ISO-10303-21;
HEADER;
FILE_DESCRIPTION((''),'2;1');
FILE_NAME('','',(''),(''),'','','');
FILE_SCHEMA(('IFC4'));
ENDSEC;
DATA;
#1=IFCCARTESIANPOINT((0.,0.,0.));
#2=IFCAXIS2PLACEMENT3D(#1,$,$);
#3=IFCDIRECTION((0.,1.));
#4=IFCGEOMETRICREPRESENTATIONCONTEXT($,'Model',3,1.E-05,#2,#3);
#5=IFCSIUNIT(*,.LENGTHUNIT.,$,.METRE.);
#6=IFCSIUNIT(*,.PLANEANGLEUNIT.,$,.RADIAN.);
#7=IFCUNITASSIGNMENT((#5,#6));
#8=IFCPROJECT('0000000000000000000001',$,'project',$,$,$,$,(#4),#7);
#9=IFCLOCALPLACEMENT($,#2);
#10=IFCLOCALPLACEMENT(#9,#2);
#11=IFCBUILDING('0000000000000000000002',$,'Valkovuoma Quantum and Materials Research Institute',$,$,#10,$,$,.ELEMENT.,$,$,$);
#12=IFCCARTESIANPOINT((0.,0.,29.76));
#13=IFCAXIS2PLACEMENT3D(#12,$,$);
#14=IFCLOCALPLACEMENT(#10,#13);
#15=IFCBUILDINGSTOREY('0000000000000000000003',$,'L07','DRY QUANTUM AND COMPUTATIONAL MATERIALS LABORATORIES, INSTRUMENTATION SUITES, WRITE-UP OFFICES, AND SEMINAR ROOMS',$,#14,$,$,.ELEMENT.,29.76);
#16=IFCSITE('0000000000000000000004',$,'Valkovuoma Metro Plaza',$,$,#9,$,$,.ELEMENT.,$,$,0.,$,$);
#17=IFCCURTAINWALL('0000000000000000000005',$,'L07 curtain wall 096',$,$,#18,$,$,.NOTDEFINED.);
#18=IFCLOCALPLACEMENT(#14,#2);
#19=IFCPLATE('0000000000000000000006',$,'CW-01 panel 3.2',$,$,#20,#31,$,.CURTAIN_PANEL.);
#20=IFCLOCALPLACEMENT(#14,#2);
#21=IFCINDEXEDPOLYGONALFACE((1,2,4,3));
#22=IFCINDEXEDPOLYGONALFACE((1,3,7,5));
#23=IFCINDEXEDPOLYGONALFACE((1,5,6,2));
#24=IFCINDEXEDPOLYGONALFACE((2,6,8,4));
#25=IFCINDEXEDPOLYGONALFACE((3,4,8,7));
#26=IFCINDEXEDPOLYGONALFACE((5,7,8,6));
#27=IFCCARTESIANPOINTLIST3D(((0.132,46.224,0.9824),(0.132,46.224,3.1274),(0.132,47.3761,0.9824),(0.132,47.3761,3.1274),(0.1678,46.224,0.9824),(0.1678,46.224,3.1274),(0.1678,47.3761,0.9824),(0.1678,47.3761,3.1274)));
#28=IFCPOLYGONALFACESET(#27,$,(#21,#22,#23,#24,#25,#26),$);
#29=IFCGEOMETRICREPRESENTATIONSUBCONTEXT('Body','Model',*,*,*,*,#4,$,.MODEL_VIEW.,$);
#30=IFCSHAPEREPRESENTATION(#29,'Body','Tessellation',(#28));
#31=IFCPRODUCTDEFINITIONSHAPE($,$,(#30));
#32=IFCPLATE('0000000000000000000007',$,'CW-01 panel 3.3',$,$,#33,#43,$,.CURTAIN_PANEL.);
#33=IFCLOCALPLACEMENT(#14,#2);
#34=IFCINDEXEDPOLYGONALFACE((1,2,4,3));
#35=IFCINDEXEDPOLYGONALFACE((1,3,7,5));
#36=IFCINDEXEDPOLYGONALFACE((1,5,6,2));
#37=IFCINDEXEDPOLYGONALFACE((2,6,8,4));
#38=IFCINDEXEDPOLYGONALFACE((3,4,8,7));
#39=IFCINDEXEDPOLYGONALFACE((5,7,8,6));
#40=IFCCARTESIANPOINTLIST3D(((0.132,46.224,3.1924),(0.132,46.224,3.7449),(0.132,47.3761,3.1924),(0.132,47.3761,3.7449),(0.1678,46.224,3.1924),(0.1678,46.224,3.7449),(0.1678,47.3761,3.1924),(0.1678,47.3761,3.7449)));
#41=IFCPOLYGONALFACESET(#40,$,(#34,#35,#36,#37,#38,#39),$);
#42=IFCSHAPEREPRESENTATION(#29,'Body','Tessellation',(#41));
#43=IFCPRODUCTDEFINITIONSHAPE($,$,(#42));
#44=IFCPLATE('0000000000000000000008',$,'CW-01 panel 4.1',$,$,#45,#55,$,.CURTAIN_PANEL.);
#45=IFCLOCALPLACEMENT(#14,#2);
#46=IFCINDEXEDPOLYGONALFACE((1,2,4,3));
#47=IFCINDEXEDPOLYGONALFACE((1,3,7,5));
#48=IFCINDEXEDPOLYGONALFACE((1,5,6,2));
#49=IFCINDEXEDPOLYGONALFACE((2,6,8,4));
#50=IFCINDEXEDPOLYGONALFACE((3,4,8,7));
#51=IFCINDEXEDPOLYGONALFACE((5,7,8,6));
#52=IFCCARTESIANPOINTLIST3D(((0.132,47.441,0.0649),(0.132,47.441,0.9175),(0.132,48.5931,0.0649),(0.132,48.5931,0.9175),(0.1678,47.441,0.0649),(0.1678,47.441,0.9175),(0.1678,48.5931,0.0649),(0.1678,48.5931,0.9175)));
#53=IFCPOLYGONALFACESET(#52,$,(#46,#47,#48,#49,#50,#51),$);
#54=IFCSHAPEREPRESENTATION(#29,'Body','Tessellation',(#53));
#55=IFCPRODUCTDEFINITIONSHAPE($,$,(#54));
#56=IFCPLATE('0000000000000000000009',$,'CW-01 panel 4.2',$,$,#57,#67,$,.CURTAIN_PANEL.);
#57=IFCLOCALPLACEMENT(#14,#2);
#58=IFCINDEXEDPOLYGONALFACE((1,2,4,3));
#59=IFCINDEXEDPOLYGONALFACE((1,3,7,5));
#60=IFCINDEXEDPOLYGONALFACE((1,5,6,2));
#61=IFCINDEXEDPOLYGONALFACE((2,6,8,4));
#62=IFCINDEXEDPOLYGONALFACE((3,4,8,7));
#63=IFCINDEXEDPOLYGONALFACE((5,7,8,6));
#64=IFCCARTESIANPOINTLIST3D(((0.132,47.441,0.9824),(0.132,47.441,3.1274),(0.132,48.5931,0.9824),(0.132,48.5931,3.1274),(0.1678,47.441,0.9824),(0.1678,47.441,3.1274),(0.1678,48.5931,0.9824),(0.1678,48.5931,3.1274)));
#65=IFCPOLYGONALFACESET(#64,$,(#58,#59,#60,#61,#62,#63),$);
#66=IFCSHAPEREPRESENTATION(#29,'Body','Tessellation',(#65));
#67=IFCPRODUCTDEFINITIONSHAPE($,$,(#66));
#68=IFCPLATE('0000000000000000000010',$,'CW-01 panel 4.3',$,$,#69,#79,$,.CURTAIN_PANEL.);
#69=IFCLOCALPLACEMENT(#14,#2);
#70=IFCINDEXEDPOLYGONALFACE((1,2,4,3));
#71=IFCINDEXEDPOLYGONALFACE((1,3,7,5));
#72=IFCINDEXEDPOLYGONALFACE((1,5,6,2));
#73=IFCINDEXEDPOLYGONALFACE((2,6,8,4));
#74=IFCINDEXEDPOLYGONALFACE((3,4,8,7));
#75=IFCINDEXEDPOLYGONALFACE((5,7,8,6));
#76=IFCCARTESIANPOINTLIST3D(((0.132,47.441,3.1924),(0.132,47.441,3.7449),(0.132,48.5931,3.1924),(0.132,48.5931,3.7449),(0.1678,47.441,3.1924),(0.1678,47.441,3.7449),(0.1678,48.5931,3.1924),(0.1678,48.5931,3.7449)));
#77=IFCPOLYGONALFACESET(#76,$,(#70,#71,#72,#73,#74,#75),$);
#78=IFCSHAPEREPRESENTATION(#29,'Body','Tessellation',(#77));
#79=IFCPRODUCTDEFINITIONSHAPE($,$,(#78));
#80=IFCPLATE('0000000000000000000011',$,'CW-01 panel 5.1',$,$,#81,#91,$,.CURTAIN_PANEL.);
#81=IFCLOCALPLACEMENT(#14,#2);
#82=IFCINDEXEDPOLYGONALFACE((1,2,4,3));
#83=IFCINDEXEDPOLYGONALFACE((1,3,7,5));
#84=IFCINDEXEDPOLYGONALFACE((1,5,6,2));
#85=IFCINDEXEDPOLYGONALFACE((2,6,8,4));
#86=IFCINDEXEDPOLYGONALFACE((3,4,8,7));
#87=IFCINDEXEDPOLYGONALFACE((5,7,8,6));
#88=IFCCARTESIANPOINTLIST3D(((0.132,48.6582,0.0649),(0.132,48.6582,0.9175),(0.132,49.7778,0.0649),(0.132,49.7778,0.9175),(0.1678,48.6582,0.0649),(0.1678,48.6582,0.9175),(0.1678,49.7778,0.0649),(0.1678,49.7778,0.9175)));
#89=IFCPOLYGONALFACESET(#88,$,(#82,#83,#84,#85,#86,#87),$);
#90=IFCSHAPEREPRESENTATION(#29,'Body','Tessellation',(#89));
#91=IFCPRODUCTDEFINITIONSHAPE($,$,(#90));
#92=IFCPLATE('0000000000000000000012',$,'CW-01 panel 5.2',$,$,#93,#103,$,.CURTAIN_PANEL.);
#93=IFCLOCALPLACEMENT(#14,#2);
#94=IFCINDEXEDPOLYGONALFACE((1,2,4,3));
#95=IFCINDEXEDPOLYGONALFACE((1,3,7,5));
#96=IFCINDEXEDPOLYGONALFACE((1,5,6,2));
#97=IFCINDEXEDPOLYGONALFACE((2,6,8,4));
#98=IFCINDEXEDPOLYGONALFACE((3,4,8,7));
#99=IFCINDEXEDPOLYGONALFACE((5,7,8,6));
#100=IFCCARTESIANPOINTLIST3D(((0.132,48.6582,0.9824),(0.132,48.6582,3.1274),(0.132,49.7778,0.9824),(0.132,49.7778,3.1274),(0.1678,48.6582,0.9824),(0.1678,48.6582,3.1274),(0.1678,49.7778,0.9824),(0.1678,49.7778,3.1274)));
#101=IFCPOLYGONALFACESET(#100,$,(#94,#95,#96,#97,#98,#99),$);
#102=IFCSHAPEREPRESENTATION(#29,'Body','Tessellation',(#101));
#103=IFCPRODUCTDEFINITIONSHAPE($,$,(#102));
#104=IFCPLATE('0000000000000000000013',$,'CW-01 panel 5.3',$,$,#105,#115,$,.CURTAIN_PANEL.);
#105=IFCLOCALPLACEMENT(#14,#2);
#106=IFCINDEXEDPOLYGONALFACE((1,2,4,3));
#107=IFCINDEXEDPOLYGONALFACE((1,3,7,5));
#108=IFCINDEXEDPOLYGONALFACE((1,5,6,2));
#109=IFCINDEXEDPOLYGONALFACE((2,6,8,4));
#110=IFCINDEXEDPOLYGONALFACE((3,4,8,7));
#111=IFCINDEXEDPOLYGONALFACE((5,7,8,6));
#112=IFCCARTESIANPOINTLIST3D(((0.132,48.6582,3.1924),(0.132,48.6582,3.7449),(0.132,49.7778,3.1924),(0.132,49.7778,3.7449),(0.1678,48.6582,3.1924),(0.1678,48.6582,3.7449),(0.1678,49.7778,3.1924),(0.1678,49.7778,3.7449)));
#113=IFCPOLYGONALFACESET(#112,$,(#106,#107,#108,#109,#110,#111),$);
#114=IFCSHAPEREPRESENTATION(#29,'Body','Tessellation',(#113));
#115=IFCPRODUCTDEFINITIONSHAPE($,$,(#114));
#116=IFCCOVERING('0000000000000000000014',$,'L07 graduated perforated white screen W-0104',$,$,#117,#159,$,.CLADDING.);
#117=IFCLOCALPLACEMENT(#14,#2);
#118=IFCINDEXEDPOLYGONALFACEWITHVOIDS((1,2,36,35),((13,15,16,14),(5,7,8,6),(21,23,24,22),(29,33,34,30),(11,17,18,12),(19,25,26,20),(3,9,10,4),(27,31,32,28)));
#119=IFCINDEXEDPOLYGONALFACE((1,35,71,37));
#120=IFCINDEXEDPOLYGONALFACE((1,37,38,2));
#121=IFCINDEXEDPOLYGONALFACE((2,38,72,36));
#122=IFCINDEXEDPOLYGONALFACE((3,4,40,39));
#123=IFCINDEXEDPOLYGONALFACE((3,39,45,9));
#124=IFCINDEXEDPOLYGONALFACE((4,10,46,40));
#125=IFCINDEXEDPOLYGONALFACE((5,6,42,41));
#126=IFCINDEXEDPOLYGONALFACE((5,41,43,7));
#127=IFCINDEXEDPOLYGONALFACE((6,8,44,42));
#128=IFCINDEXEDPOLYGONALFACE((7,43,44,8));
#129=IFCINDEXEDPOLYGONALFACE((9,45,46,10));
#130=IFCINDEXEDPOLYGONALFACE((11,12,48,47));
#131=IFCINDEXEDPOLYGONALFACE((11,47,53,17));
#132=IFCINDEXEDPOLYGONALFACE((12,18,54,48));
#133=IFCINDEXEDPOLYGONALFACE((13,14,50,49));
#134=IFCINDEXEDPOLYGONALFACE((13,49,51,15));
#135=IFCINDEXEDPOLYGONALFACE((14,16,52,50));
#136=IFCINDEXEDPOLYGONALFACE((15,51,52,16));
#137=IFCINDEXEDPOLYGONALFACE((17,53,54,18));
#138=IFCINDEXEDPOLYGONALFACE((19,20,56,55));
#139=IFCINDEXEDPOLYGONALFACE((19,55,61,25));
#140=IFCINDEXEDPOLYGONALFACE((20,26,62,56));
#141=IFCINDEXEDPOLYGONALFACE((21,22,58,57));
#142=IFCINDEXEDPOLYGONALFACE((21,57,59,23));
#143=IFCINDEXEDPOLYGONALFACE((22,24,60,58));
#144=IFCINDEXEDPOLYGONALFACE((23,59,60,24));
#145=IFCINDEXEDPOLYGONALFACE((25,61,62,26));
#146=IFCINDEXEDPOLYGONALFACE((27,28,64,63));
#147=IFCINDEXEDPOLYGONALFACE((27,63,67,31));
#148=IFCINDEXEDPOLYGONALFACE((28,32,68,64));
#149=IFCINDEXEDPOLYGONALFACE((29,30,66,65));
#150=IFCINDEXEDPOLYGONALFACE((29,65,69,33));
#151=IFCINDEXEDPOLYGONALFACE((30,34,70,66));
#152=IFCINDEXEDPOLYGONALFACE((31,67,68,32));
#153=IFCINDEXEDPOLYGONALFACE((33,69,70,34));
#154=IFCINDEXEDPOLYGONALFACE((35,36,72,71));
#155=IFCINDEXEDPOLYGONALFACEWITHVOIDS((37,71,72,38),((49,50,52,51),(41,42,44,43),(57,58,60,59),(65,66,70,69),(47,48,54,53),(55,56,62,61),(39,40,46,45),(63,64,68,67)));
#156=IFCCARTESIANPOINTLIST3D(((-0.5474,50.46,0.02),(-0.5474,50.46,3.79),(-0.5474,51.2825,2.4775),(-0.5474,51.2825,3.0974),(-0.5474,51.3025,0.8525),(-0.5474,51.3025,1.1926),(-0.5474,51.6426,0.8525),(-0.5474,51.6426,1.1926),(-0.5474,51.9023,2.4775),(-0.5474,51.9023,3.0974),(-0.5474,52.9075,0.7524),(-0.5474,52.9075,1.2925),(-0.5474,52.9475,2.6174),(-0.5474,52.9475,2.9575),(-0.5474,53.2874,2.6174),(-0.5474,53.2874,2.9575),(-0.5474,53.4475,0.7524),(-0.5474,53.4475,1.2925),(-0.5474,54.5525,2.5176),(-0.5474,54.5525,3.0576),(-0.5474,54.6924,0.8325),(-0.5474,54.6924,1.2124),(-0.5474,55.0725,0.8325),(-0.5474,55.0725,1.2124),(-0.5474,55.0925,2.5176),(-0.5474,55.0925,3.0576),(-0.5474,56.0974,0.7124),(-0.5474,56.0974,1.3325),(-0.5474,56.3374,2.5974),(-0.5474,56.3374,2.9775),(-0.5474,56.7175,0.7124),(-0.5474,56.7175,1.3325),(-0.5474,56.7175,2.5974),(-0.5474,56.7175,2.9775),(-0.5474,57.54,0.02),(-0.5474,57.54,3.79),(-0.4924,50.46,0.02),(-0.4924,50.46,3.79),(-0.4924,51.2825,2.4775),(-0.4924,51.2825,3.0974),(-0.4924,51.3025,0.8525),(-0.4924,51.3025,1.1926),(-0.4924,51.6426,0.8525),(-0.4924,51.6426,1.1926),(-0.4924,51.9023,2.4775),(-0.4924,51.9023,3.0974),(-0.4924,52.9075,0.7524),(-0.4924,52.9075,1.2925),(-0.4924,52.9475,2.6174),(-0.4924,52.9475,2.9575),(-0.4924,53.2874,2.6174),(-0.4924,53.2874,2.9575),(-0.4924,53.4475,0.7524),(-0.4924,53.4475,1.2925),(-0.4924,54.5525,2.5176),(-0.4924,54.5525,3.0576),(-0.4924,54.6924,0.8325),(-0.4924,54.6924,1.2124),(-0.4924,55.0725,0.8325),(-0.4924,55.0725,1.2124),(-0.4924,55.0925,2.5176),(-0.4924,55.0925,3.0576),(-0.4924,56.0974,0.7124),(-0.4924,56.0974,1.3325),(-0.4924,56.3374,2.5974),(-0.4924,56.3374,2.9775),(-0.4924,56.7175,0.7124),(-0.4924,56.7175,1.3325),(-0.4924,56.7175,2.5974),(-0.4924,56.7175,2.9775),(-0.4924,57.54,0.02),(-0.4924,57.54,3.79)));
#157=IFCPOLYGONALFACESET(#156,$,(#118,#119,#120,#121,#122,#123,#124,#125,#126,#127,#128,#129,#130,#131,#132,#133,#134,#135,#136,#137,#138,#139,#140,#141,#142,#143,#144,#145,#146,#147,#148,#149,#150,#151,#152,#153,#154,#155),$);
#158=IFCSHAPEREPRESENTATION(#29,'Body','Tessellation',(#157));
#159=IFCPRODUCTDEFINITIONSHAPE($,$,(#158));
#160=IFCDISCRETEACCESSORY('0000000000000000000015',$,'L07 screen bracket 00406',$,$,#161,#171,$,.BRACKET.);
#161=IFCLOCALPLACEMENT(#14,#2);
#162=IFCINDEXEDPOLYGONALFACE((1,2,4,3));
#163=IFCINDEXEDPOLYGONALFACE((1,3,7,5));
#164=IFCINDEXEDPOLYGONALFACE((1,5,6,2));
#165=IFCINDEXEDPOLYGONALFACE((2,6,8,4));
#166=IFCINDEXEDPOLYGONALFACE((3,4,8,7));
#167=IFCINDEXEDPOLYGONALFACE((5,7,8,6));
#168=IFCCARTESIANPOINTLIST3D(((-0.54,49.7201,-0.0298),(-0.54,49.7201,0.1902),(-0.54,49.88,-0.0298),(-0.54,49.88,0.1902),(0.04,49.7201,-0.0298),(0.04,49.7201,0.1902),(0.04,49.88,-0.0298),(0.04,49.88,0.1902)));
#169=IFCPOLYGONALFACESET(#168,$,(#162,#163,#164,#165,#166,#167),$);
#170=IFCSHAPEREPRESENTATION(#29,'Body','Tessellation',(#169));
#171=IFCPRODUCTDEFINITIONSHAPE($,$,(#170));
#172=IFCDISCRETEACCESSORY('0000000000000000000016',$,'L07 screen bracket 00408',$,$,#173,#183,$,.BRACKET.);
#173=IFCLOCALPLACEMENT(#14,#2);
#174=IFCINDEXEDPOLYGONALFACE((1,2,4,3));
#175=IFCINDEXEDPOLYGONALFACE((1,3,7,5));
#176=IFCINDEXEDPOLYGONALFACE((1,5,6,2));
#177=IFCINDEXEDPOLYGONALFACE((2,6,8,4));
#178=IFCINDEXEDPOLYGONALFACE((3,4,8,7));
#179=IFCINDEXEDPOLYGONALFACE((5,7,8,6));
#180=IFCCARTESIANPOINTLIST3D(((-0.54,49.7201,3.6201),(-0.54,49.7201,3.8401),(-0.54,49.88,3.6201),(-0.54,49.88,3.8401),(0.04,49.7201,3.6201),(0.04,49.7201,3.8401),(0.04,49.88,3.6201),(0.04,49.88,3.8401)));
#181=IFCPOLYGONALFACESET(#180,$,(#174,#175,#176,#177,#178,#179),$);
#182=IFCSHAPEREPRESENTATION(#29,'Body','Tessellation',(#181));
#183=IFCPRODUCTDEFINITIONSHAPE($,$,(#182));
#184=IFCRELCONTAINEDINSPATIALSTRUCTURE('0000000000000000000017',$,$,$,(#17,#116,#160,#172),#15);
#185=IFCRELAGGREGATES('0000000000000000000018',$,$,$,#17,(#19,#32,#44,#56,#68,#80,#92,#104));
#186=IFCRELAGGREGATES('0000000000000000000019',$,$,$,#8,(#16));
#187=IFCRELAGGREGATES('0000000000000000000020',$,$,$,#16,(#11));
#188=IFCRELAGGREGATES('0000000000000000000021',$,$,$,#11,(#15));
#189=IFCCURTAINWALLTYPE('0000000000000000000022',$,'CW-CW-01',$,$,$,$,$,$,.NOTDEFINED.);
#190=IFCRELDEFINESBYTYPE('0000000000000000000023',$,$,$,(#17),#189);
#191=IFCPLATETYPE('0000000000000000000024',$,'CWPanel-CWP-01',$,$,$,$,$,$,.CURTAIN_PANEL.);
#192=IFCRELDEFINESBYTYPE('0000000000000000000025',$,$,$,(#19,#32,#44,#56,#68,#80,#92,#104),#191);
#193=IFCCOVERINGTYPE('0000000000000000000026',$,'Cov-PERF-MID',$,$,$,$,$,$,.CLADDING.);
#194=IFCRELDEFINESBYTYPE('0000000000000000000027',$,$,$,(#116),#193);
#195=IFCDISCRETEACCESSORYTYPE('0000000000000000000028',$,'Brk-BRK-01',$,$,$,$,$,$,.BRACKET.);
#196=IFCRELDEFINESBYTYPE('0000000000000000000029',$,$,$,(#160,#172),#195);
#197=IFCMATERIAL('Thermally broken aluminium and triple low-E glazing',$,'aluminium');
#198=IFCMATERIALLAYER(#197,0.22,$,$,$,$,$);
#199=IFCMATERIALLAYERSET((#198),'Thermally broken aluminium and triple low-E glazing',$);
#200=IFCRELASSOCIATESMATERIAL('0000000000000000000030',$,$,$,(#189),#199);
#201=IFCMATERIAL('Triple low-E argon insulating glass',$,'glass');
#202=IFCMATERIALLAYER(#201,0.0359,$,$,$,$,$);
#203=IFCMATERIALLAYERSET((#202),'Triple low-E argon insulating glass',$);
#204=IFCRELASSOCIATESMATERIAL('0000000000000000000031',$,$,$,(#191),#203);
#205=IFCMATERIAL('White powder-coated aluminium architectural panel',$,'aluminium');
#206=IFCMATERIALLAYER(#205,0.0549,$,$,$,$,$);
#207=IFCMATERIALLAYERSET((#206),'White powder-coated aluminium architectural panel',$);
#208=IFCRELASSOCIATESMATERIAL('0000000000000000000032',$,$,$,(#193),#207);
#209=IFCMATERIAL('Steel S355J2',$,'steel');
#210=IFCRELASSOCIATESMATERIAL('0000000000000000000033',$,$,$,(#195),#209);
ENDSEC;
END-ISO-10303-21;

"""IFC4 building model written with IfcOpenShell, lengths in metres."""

from ifc_helpers import new_model, si_unit, direction, frame, origin, origin_2d, place, context, subcontext, project, spatial, polyline, rectangle, outline, extrude, material, layer, layer_set, type_object, element, aggregate, save


model = new_model("IFC4")

# Units and contexts
model_context = context("Model", 3, precision=1e-05, world=origin(), true_north=direction((0.0, 1.0)))
body_context = subcontext(model_context, "Body", "Model", "MODEL_VIEW")
ifc_project = project(units=[si_unit("LENGTHUNIT", "METRE"), si_unit("PLANEANGLEUNIT", "RADIAN")], contexts=[model_context])

# Site, building, storey
site_placement = place(None, origin())
site = spatial("IfcSite", under=ifc_project, at=site_placement, Name="Valkovuoma Metro Plaza", CompositionType="ELEMENT", RefElevation=0.0)
building_placement = place(site_placement, origin())
building = spatial("IfcBuilding", under=site, at=building_placement, Name="Valkovuoma Quantum and Materials Research Institute", CompositionType="ELEMENT")
storey_placement = place(building_placement, frame((0.0, 0.0, 29.76)))
storey = spatial("IfcBuildingStorey", under=building, at=storey_placement, Name="L07", Description="DRY QUANTUM AND COMPUTATIONAL MATERIALS LABORATORIES, INSTRUMENTATION SUITES, WRITE-UP OFFICES, AND SEMINAR ROOMS", CompositionType="ELEMENT", Elevation=29.76)

# Curtain wall
ifc_material_1 = material(Name="Thermally broken aluminium and triple low-E glazing", Category="aluminium")
ifc_layer_1 = layer(ifc_material_1, 0.22)
ifc_layer_set_1 = layer_set([ifc_layer_1], Name="Thermally broken aluminium and triple low-E glazing")
curtain_wall_type = type_object("IfcCurtainWallType", Name="CW-CW-01", PredefinedType="NOTDEFINED", material=ifc_layer_set_1)
curtain_wall_1_placement = place(storey_placement, origin())
curtain_wall_1 = element("IfcCurtainWall", 1, at=curtain_wall_1_placement, inside=storey, type_object=curtain_wall_type, Name="L07 curtain wall 096", PredefinedType="NOTDEFINED")

# Plates
ifc_material_2 = material(Name="Triple low-E argon insulating glass", Category="glass")
ifc_layer_2 = layer(ifc_material_2, 0.0359)
ifc_layer_set_2 = layer_set([ifc_layer_2], Name="Triple low-E argon insulating glass")
plate_type = type_object("IfcPlateType", Name="CWPanel-CWP-01", PredefinedType="CURTAIN_PANEL", material=ifc_layer_set_2)
plate_1_placement = place(storey_placement, frame((0.1499, 46.8, 0.9824), z_axis=(0.0, 0.0, 1.0), x_axis=(0.0, 1.0, 0.0)))
plate_1 = element("IfcPlate", 2, at=plate_1_placement, type_object=plate_type, Name="CW-01 panel 3.2", PredefinedType="CURTAIN_PANEL", context=body_context, shape_type="SweptSolid", body=[
    extrude(rectangle(XDim=1.1521, YDim=0.0359, at=origin_2d()), origin(), (0.0, 0.0, 1.0), 2.145),
])
plate_2_placement = place(storey_placement, frame((0.1499, 46.8, 3.1924), z_axis=(0.0, 0.0, 1.0), x_axis=(0.0, 1.0, 0.0)))
plate_2 = element("IfcPlate", 3, at=plate_2_placement, type_object=plate_type, Name="CW-01 panel 3.3", PredefinedType="CURTAIN_PANEL", context=body_context, shape_type="SweptSolid", body=[
    extrude(rectangle(XDim=1.1521, YDim=0.0359, at=origin_2d()), origin(), (0.0, 0.0, 1.0), 0.5525),
])
plate_3_placement = place(storey_placement, frame((0.1499, 48.0171, 0.0649), z_axis=(0.0, 0.0, 1.0), x_axis=(0.0, 1.0, 0.0)))
plate_3 = element("IfcPlate", 4, at=plate_3_placement, type_object=plate_type, Name="CW-01 panel 4.1", PredefinedType="CURTAIN_PANEL", context=body_context, shape_type="SweptSolid", body=[
    extrude(rectangle(XDim=1.1521, YDim=0.0359, at=origin_2d()), origin(), (0.0, 0.0, 1.0), 0.8525),
])
plate_4_placement = place(storey_placement, frame((0.1499, 48.0171, 0.9824), z_axis=(0.0, 0.0, 1.0), x_axis=(0.0, 1.0, 0.0)))
plate_4 = element("IfcPlate", 5, at=plate_4_placement, type_object=plate_type, Name="CW-01 panel 4.2", PredefinedType="CURTAIN_PANEL", context=body_context, shape_type="SweptSolid", body=[
    extrude(rectangle(XDim=1.1521, YDim=0.0359, at=origin_2d()), origin(), (0.0, 0.0, 1.0), 2.145),
])
plate_5_placement = place(storey_placement, frame((0.1499, 48.0171, 3.1924), z_axis=(0.0, 0.0, 1.0), x_axis=(0.0, 1.0, 0.0)))
plate_5 = element("IfcPlate", 6, at=plate_5_placement, type_object=plate_type, Name="CW-01 panel 4.3", PredefinedType="CURTAIN_PANEL", context=body_context, shape_type="SweptSolid", body=[
    extrude(rectangle(XDim=1.1521, YDim=0.0359, at=origin_2d()), origin(), (0.0, 0.0, 1.0), 0.5525),
])
plate_6_placement = place(storey_placement, frame((0.1499, 49.218, 0.0649), z_axis=(0.0, 0.0, 1.0), x_axis=(0.0, 1.0, 0.0)))
plate_6 = element("IfcPlate", 7, at=plate_6_placement, type_object=plate_type, Name="CW-01 panel 5.1", PredefinedType="CURTAIN_PANEL", context=body_context, shape_type="SweptSolid", body=[
    extrude(rectangle(XDim=1.1196, YDim=0.0359, at=origin_2d()), origin(), (0.0, 0.0, 1.0), 0.8525),
])
plate_7_placement = place(storey_placement, frame((0.1499, 49.218, 0.9824), z_axis=(0.0, 0.0, 1.0), x_axis=(0.0, 1.0, 0.0)))
plate_7 = element("IfcPlate", 8, at=plate_7_placement, type_object=plate_type, Name="CW-01 panel 5.2", PredefinedType="CURTAIN_PANEL", context=body_context, shape_type="SweptSolid", body=[
    extrude(rectangle(XDim=1.1196, YDim=0.0359, at=origin_2d()), origin(), (0.0, 0.0, 1.0), 2.145),
])
plate_8_placement = place(storey_placement, frame((0.1499, 49.218, 3.1924), z_axis=(0.0, 0.0, 1.0), x_axis=(0.0, 1.0, 0.0)))
plate_8 = element("IfcPlate", 9, at=plate_8_placement, type_object=plate_type, Name="CW-01 panel 5.3", PredefinedType="CURTAIN_PANEL", context=body_context, shape_type="SweptSolid", body=[
    extrude(rectangle(XDim=1.1196, YDim=0.0359, at=origin_2d()), origin(), (0.0, 0.0, 1.0), 0.5525),
])
aggregate(curtain_wall_1, [plate_1, plate_2, plate_3, plate_4, plate_5, plate_6, plate_7, plate_8])

# Covering
ifc_material_3 = material(Name="White powder-coated aluminium architectural panel", Category="aluminium")
ifc_layer_3 = layer(ifc_material_3, 0.0549)
ifc_layer_set_3 = layer_set([ifc_layer_3], Name="White powder-coated aluminium architectural panel")
covering_type = type_object("IfcCoveringType", Name="Cov-PERF-MID", PredefinedType="CLADDING", material=ifc_layer_set_3)
covering_placement = place(storey_placement, frame((-0.52, 50.46, 0.02), z_axis=(0.0, 0.0, 1.0), x_axis=(0.0, 1.0, 0.0)))
element("IfcCovering", 10, at=covering_placement, inside=storey, type_object=covering_type, Name="L07 graduated perforated white screen W-0104", PredefinedType="CLADDING", context=body_context, shape_type="SweptSolid", body=[
    extrude(outline(polyline([(0.0, 0.0), (7.0801, 0.0), (7.0801, 3.77), (0.0, 3.77), (0.0, 0.0)]), holes=[polyline([(0.8425, 0.8325), (0.8425, 1.1726), (1.1826, 1.1726), (1.1826, 0.8325), (0.8425, 0.8325)]), polyline([(0.8225, 2.4575), (0.8225, 3.0774), (1.4424, 3.0774), (1.4424, 2.4575), (0.8225, 2.4575)]), polyline([(2.4475, 0.7324), (2.4475, 1.2725), (2.9875, 1.2725), (2.9875, 0.7324), (2.4475, 0.7324)]), polyline([(2.4875, 2.5974), (2.4875, 2.9375), (2.8274, 2.9375), (2.8274, 2.5974), (2.4875, 2.5974)]), polyline([(4.2324, 0.8125), (4.2324, 1.1924), (4.6125, 1.1924), (4.6125, 0.8125), (4.2324, 0.8125)]), polyline([(4.0925, 2.4976), (4.0925, 3.0376), (4.6326, 3.0376), (4.6326, 2.4976), (4.0925, 2.4976)]), polyline([(5.6375, 0.6924), (5.6375, 1.3125), (6.2576, 1.3125), (6.2576, 0.6924), (5.6375, 0.6924)]), polyline([(5.8774, 2.5774), (5.8774, 2.9575), (6.2576, 2.9575), (6.2576, 2.5774), (5.8774, 2.5774)])]), frame((0.0, 0.0273, 0.0), z_axis=(0.0, -1.0, 0.0), x_axis=(1.0, 0.0, 0.0)), (0.0, 0.0, 1.0), 0.0549),
])

# Discrete accessories
ifc_material_4 = material(Name="Steel S355J2", Category="steel")
discrete_accessory_type = type_object("IfcDiscreteAccessoryType", Name="Brk-BRK-01", PredefinedType="BRACKET", material=ifc_material_4)
for number, where, z_axis, x_axis, name in (
    (11, (-0.25, 49.8, -0.0298), (0.0, 0.0, 1.0), (1.0, 0.0, 0.0), "L07 screen bracket 00406"),
    (12, (-0.25, 49.8, 3.6201), (0.0, 0.0, 1.0), (1.0, 0.0, 0.0), "L07 screen bracket 00408"),
):
    element("IfcDiscreteAccessory", number, at=place(storey_placement, frame(where, z_axis=z_axis, x_axis=x_axis)), inside=storey, type_object=discrete_accessory_type, Name=name, PredefinedType="BRACKET", context=body_context, shape_type="SweptSolid", body=[
        extrude(rectangle(XDim=0.5801, YDim=0.1599, at=origin_2d()), origin(), (0.0, 0.0, 1.0), 0.22),
    ])

save(model, "model.ifc")
